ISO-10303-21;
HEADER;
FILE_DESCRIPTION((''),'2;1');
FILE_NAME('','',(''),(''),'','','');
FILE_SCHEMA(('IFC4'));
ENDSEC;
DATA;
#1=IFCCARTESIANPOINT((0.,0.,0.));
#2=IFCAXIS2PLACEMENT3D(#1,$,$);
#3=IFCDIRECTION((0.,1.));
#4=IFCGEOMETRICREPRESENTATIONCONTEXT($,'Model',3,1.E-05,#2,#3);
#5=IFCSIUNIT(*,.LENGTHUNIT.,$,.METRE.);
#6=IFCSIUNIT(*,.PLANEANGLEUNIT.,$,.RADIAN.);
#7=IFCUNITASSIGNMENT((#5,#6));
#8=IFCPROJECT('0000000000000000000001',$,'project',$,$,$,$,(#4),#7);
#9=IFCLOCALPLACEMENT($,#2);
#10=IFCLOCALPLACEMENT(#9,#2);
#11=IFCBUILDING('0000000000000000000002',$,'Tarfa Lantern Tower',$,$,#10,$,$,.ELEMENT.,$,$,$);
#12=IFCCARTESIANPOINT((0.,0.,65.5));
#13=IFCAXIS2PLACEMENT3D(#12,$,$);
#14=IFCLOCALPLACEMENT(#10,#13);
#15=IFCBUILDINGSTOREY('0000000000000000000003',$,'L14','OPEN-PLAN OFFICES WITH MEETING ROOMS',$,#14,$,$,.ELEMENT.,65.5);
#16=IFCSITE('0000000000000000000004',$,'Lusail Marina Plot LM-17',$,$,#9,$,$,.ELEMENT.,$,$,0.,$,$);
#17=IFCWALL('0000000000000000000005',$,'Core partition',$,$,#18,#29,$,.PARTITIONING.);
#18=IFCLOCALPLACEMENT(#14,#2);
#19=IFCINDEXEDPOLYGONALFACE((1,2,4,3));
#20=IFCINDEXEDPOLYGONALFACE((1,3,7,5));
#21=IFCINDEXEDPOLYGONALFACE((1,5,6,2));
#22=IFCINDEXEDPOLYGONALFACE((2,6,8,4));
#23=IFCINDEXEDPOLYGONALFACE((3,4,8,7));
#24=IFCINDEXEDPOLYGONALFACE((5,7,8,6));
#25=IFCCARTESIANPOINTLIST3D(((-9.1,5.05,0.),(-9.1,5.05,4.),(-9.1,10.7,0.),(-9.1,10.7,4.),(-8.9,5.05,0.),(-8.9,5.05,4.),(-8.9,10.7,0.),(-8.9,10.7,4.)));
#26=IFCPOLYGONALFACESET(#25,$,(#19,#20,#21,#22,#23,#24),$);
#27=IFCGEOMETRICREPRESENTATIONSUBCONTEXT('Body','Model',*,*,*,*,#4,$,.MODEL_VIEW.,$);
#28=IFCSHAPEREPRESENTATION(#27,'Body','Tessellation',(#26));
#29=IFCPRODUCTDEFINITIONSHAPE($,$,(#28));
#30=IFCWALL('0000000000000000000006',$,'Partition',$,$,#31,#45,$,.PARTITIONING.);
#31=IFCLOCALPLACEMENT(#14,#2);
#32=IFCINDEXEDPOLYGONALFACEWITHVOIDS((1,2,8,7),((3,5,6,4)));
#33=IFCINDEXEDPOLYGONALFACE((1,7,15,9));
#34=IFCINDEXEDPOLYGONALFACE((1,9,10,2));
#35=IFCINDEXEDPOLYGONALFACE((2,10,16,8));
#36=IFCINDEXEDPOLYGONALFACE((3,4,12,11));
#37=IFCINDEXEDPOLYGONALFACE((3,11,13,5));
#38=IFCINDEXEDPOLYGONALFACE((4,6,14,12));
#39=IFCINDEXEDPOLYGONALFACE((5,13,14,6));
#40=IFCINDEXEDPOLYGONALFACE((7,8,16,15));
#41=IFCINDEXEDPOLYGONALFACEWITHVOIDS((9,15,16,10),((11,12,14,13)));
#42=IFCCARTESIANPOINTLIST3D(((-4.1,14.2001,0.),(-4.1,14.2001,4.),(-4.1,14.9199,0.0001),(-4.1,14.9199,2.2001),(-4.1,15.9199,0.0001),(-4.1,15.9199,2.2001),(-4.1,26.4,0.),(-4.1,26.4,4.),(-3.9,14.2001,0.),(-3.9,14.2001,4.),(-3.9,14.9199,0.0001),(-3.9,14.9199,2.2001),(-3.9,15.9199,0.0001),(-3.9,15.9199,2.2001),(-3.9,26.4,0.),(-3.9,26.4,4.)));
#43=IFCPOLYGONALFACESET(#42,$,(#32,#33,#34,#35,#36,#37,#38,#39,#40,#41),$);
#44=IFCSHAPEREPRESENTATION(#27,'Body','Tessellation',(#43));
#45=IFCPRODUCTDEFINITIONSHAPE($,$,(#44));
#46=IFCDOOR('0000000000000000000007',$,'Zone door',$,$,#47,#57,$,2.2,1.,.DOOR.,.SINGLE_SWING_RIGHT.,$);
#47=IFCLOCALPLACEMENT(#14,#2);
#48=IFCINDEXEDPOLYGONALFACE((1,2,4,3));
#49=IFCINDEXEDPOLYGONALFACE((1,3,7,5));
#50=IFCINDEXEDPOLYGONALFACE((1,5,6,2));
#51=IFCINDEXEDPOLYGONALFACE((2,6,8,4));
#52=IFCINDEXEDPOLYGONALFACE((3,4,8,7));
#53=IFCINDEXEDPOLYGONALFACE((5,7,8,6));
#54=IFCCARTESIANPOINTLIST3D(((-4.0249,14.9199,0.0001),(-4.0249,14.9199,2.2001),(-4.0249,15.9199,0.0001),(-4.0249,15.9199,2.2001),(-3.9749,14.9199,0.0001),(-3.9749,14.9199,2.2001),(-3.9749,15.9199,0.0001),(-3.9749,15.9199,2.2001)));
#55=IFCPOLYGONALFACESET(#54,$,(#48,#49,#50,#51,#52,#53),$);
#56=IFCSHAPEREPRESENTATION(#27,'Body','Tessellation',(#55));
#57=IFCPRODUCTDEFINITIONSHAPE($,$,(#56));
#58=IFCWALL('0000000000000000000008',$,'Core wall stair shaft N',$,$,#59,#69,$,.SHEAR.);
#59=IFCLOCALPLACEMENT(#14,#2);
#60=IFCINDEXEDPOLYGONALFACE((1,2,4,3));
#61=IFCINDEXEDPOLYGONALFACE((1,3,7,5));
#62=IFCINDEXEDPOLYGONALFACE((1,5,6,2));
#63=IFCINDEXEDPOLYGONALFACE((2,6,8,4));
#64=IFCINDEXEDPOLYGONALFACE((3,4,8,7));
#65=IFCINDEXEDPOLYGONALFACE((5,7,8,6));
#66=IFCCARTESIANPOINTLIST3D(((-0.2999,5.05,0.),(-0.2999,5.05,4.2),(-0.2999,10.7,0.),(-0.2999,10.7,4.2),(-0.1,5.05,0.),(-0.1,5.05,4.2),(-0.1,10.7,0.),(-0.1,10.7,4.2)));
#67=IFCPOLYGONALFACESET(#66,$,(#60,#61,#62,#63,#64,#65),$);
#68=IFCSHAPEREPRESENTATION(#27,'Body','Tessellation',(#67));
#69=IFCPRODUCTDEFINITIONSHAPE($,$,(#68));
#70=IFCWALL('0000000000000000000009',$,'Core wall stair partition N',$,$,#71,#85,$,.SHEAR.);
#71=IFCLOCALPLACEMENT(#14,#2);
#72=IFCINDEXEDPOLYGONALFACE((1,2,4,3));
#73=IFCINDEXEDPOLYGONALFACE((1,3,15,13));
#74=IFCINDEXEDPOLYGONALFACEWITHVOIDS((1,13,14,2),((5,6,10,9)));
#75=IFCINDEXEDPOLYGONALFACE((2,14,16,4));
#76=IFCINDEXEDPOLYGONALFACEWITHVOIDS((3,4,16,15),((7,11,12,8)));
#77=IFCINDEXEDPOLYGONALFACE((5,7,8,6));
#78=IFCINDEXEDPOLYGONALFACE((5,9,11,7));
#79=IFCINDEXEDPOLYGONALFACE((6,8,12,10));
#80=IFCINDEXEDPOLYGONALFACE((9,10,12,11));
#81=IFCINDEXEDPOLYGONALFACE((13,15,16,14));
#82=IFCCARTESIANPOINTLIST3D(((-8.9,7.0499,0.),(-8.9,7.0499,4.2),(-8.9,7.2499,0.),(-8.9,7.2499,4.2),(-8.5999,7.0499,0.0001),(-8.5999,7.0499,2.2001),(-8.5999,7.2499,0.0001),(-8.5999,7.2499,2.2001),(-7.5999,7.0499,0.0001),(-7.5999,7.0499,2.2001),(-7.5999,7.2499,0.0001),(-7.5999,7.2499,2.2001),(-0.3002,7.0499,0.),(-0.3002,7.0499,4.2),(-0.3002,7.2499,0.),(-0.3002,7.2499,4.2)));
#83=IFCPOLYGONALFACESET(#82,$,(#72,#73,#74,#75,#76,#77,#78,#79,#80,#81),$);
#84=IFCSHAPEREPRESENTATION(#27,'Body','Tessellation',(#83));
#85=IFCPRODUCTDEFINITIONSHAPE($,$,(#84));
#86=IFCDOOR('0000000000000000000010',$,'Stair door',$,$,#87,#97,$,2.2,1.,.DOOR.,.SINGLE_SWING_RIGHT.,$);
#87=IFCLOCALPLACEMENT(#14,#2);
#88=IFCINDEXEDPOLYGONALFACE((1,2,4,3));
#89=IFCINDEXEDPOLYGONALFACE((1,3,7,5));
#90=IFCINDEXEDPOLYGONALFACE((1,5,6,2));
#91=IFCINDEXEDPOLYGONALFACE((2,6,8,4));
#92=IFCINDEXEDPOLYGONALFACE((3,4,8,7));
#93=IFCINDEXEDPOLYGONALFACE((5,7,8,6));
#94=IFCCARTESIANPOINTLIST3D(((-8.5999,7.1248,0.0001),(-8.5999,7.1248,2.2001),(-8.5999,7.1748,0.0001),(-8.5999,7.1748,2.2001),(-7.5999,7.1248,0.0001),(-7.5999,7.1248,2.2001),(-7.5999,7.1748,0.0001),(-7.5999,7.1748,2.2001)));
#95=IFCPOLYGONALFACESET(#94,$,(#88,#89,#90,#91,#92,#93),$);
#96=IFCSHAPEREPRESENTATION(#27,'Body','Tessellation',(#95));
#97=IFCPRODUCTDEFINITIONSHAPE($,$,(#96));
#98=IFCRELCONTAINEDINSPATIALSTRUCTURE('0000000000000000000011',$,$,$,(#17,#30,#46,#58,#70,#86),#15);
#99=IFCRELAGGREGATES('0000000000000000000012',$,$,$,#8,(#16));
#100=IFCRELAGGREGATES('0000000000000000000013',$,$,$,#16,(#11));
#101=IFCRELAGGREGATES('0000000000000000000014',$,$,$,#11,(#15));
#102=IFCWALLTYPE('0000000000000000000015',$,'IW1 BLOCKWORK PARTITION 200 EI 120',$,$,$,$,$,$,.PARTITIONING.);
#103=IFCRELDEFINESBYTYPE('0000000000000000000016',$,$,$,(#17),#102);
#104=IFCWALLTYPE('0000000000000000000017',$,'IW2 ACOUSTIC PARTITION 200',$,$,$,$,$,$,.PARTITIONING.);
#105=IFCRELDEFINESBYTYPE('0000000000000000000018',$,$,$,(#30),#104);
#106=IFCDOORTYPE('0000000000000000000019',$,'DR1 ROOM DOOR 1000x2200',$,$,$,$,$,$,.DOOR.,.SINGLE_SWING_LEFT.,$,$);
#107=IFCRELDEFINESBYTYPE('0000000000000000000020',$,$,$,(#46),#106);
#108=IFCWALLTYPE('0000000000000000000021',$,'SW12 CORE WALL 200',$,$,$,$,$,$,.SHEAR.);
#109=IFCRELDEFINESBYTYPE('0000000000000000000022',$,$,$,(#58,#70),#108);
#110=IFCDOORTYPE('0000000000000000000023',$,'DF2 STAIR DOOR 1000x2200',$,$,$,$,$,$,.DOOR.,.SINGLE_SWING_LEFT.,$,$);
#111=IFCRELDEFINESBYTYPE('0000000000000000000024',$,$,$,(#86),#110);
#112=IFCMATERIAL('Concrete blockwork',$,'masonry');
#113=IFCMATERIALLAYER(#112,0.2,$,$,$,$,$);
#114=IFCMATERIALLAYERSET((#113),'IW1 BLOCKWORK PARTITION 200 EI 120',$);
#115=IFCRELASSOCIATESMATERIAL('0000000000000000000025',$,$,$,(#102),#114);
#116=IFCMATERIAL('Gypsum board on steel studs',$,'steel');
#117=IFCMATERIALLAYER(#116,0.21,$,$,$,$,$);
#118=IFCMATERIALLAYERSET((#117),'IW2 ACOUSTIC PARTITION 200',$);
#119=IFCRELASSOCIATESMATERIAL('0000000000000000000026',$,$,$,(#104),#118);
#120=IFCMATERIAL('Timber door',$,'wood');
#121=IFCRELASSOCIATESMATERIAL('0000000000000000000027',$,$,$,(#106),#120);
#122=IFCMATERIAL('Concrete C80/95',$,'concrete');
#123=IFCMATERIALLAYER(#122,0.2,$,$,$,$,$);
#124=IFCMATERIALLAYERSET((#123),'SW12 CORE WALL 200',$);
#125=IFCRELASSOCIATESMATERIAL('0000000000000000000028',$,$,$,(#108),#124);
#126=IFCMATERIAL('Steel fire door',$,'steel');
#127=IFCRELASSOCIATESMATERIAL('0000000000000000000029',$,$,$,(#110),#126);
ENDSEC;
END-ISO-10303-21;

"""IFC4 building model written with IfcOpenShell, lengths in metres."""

from ifc_helpers import new_model, si_unit, direction, frame, frame_2d, origin, place, context, subcontext, project, spatial, rectangle, extrude, material, layer, layer_set, type_object, element, fill, save


model = new_model("IFC4")

# Units and contexts
model_context = context("Model", 3, precision=1e-05, world=origin(), true_north=direction((0.0, 1.0)))
body_context = subcontext(model_context, "Body", "Model", "MODEL_VIEW")
ifc_project = project(units=[si_unit("LENGTHUNIT", "METRE"), si_unit("PLANEANGLEUNIT", "RADIAN")], contexts=[model_context])

# Site, building, storey
site_placement = place(None, origin())
site = spatial("IfcSite", under=ifc_project, at=site_placement, Name="Lusail Marina Plot LM-17", CompositionType="ELEMENT", RefElevation=0.0)
building_placement = place(site_placement, origin())
building = spatial("IfcBuilding", under=site, at=building_placement, Name="Tarfa Lantern Tower", CompositionType="ELEMENT")
storey_placement = place(building_placement, frame((0.0, 0.0, 65.5)))
storey = spatial("IfcBuildingStorey", under=building, at=storey_placement, Name="L14", Description="OPEN-PLAN OFFICES WITH MEETING ROOMS", CompositionType="ELEMENT", Elevation=65.5)

# Wall
ifc_material_1 = material(Name="Concrete blockwork", Category="masonry")
ifc_layer_1 = layer(ifc_material_1, 0.2)
ifc_layer_set_1 = layer_set([ifc_layer_1], Name="IW1 BLOCKWORK PARTITION 200 EI 120")
wall_type_1 = type_object("IfcWallType", Name="IW1 BLOCKWORK PARTITION 200 EI 120", PredefinedType="PARTITIONING", material=ifc_layer_set_1)
wall_1_placement = place(storey_placement, frame((-9.0, 5.05, 0.0), z_axis=(0.0, 0.0, 1.0), x_axis=(0.0, 1.0, 0.0)))
element("IfcWall", 1, at=wall_1_placement, inside=storey, type_object=wall_type_1, Name="Core partition", PredefinedType="PARTITIONING", context=body_context, shape_type="SweptSolid", body=[
    extrude(rectangle(XDim=5.6499, YDim=0.2, at=frame_2d((2.825, 0.0))), origin(), (0.0, 0.0, 1.0), 4.0),
])

# Wall, opening, door
ifc_material_2 = material(Name="Gypsum board on steel studs", Category="steel")
ifc_layer_2 = layer(ifc_material_2, 0.21)
ifc_layer_set_2 = layer_set([ifc_layer_2], Name="IW2 ACOUSTIC PARTITION 200")
wall_type_2 = type_object("IfcWallType", Name="IW2 ACOUSTIC PARTITION 200", PredefinedType="PARTITIONING", material=ifc_layer_set_2)
wall_2_placement = place(storey_placement, frame((-4.0, 14.2, 0.0), z_axis=(0.0, 0.0, 1.0), x_axis=(0.0, 1.0, 0.0)))
wall_2 = element("IfcWall", 2, at=wall_2_placement, inside=storey, type_object=wall_type_2, Name="Partition", PredefinedType="PARTITIONING", context=body_context, shape_type="SweptSolid", body=[
    extrude(rectangle(XDim=12.2, YDim=0.2, at=frame_2d((6.1001, 0.0))), origin(), (0.0, 0.0, 1.0), 4.0),
])
opening_1_placement = place(wall_2_placement, frame((0.72, 0.0, 0.0)))
opening_1 = element("IfcOpeningElement", 3, at=opening_1_placement, cuts=wall_2, PredefinedType="OPENING", context=body_context, shape_type="SweptSolid", body=[
    extrude(rectangle(XDim=1.0, YDim=2.2, at=frame_2d((0.5, 1.1001))), frame((0.0, 0.1099, 0.0), z_axis=(0.0, -1.0, 0.0), x_axis=(1.0, 0.0, 0.0)), (0.0, 0.0, 1.0), 0.22),
])
ifc_material_3 = material(Name="Timber door", Category="wood")
door_type_1 = type_object("IfcDoorType", Name="DR1 ROOM DOOR 1000x2200", OperationType="SINGLE_SWING_LEFT", PredefinedType="DOOR", material=ifc_material_3)
door_1_placement = place(opening_1_placement, origin())
door_1 = element("IfcDoor", 4, at=door_1_placement, inside=storey, type_object=door_type_1, Name="Zone door", OperationType="SINGLE_SWING_RIGHT", OverallHeight=2.2, OverallWidth=1.0, PredefinedType="DOOR", context=body_context, shape_type="SweptSolid", body=[
    extrude(rectangle(XDim=1.0, YDim=2.2, at=frame_2d((0.5, 1.1001))), frame((0.0, 0.0249, 0.0), z_axis=(0.0, -1.0, 0.0), x_axis=(1.0, 0.0, 0.0)), (0.0, 0.0, 1.0), 0.05),
])
fill(opening_1, door_1)

# Wall
ifc_material_4 = material(Name="Concrete C80/95", Category="concrete")
ifc_layer_3 = layer(ifc_material_4, 0.2)
ifc_layer_set_3 = layer_set([ifc_layer_3], Name="SW12 CORE WALL 200")
wall_type_3 = type_object("IfcWallType", Name="SW12 CORE WALL 200", PredefinedType="SHEAR", material=ifc_layer_set_3)
wall_3_placement = place(storey_placement, frame((-0.2, 5.05, 0.0), z_axis=(0.0, 0.0, 1.0), x_axis=(0.0, 1.0, 0.0)))
element("IfcWall", 5, at=wall_3_placement, inside=storey, type_object=wall_type_3, Name="Core wall stair shaft N", PredefinedType="SHEAR", context=body_context, shape_type="SweptSolid", body=[
    extrude(rectangle(XDim=5.6499, YDim=0.2, at=frame_2d((2.825, 0.0))), origin(), (0.0, 0.0, 1.0), 4.2),
])

# Wall, opening, door
wall_4_placement = place(storey_placement, frame((-8.8999, 7.1499, 0.0), z_axis=(0.0, 0.0, 1.0), x_axis=(1.0, 0.0, 0.0)))
wall_4 = element("IfcWall", 6, at=wall_4_placement, inside=storey, type_object=wall_type_3, Name="Core wall stair partition N", PredefinedType="SHEAR", context=body_context, shape_type="SweptSolid", body=[
    extrude(rectangle(XDim=8.5999, YDim=0.2, at=frame_2d((4.2998, 0.0))), origin(), (0.0, 0.0, 1.0), 4.2),
])
opening_2_placement = place(wall_4_placement, frame((0.3, 0.0, 0.0)))
opening_2 = element("IfcOpeningElement", 7, at=opening_2_placement, cuts=wall_4, PredefinedType="OPENING", context=body_context, shape_type="SweptSolid", body=[
    extrude(rectangle(XDim=1.0, YDim=2.2, at=frame_2d((0.5, 1.1001))), frame((0.0, 0.1099, 0.0), z_axis=(0.0, -1.0, 0.0), x_axis=(1.0, 0.0, 0.0)), (0.0, 0.0, 1.0), 0.22),
])
ifc_material_5 = material(Name="Steel fire door", Category="steel")
door_type_2 = type_object("IfcDoorType", Name="DF2 STAIR DOOR 1000x2200", OperationType="SINGLE_SWING_LEFT", PredefinedType="DOOR", material=ifc_material_5)
door_2_placement = place(opening_2_placement, origin())
door_2 = element("IfcDoor", 8, at=door_2_placement, inside=storey, type_object=door_type_2, Name="Stair door", OperationType="SINGLE_SWING_RIGHT", OverallHeight=2.2, OverallWidth=1.0, PredefinedType="DOOR", context=body_context, shape_type="SweptSolid", body=[
    extrude(rectangle(XDim=1.0, YDim=2.2, at=frame_2d((0.5, 1.1001))), frame((0.0, 0.0249, 0.0), z_axis=(0.0, -1.0, 0.0), x_axis=(1.0, 0.0, 0.0)), (0.0, 0.0, 1.0), 0.05),
])
fill(opening_2, door_2)

save(model, "model.ifc")
